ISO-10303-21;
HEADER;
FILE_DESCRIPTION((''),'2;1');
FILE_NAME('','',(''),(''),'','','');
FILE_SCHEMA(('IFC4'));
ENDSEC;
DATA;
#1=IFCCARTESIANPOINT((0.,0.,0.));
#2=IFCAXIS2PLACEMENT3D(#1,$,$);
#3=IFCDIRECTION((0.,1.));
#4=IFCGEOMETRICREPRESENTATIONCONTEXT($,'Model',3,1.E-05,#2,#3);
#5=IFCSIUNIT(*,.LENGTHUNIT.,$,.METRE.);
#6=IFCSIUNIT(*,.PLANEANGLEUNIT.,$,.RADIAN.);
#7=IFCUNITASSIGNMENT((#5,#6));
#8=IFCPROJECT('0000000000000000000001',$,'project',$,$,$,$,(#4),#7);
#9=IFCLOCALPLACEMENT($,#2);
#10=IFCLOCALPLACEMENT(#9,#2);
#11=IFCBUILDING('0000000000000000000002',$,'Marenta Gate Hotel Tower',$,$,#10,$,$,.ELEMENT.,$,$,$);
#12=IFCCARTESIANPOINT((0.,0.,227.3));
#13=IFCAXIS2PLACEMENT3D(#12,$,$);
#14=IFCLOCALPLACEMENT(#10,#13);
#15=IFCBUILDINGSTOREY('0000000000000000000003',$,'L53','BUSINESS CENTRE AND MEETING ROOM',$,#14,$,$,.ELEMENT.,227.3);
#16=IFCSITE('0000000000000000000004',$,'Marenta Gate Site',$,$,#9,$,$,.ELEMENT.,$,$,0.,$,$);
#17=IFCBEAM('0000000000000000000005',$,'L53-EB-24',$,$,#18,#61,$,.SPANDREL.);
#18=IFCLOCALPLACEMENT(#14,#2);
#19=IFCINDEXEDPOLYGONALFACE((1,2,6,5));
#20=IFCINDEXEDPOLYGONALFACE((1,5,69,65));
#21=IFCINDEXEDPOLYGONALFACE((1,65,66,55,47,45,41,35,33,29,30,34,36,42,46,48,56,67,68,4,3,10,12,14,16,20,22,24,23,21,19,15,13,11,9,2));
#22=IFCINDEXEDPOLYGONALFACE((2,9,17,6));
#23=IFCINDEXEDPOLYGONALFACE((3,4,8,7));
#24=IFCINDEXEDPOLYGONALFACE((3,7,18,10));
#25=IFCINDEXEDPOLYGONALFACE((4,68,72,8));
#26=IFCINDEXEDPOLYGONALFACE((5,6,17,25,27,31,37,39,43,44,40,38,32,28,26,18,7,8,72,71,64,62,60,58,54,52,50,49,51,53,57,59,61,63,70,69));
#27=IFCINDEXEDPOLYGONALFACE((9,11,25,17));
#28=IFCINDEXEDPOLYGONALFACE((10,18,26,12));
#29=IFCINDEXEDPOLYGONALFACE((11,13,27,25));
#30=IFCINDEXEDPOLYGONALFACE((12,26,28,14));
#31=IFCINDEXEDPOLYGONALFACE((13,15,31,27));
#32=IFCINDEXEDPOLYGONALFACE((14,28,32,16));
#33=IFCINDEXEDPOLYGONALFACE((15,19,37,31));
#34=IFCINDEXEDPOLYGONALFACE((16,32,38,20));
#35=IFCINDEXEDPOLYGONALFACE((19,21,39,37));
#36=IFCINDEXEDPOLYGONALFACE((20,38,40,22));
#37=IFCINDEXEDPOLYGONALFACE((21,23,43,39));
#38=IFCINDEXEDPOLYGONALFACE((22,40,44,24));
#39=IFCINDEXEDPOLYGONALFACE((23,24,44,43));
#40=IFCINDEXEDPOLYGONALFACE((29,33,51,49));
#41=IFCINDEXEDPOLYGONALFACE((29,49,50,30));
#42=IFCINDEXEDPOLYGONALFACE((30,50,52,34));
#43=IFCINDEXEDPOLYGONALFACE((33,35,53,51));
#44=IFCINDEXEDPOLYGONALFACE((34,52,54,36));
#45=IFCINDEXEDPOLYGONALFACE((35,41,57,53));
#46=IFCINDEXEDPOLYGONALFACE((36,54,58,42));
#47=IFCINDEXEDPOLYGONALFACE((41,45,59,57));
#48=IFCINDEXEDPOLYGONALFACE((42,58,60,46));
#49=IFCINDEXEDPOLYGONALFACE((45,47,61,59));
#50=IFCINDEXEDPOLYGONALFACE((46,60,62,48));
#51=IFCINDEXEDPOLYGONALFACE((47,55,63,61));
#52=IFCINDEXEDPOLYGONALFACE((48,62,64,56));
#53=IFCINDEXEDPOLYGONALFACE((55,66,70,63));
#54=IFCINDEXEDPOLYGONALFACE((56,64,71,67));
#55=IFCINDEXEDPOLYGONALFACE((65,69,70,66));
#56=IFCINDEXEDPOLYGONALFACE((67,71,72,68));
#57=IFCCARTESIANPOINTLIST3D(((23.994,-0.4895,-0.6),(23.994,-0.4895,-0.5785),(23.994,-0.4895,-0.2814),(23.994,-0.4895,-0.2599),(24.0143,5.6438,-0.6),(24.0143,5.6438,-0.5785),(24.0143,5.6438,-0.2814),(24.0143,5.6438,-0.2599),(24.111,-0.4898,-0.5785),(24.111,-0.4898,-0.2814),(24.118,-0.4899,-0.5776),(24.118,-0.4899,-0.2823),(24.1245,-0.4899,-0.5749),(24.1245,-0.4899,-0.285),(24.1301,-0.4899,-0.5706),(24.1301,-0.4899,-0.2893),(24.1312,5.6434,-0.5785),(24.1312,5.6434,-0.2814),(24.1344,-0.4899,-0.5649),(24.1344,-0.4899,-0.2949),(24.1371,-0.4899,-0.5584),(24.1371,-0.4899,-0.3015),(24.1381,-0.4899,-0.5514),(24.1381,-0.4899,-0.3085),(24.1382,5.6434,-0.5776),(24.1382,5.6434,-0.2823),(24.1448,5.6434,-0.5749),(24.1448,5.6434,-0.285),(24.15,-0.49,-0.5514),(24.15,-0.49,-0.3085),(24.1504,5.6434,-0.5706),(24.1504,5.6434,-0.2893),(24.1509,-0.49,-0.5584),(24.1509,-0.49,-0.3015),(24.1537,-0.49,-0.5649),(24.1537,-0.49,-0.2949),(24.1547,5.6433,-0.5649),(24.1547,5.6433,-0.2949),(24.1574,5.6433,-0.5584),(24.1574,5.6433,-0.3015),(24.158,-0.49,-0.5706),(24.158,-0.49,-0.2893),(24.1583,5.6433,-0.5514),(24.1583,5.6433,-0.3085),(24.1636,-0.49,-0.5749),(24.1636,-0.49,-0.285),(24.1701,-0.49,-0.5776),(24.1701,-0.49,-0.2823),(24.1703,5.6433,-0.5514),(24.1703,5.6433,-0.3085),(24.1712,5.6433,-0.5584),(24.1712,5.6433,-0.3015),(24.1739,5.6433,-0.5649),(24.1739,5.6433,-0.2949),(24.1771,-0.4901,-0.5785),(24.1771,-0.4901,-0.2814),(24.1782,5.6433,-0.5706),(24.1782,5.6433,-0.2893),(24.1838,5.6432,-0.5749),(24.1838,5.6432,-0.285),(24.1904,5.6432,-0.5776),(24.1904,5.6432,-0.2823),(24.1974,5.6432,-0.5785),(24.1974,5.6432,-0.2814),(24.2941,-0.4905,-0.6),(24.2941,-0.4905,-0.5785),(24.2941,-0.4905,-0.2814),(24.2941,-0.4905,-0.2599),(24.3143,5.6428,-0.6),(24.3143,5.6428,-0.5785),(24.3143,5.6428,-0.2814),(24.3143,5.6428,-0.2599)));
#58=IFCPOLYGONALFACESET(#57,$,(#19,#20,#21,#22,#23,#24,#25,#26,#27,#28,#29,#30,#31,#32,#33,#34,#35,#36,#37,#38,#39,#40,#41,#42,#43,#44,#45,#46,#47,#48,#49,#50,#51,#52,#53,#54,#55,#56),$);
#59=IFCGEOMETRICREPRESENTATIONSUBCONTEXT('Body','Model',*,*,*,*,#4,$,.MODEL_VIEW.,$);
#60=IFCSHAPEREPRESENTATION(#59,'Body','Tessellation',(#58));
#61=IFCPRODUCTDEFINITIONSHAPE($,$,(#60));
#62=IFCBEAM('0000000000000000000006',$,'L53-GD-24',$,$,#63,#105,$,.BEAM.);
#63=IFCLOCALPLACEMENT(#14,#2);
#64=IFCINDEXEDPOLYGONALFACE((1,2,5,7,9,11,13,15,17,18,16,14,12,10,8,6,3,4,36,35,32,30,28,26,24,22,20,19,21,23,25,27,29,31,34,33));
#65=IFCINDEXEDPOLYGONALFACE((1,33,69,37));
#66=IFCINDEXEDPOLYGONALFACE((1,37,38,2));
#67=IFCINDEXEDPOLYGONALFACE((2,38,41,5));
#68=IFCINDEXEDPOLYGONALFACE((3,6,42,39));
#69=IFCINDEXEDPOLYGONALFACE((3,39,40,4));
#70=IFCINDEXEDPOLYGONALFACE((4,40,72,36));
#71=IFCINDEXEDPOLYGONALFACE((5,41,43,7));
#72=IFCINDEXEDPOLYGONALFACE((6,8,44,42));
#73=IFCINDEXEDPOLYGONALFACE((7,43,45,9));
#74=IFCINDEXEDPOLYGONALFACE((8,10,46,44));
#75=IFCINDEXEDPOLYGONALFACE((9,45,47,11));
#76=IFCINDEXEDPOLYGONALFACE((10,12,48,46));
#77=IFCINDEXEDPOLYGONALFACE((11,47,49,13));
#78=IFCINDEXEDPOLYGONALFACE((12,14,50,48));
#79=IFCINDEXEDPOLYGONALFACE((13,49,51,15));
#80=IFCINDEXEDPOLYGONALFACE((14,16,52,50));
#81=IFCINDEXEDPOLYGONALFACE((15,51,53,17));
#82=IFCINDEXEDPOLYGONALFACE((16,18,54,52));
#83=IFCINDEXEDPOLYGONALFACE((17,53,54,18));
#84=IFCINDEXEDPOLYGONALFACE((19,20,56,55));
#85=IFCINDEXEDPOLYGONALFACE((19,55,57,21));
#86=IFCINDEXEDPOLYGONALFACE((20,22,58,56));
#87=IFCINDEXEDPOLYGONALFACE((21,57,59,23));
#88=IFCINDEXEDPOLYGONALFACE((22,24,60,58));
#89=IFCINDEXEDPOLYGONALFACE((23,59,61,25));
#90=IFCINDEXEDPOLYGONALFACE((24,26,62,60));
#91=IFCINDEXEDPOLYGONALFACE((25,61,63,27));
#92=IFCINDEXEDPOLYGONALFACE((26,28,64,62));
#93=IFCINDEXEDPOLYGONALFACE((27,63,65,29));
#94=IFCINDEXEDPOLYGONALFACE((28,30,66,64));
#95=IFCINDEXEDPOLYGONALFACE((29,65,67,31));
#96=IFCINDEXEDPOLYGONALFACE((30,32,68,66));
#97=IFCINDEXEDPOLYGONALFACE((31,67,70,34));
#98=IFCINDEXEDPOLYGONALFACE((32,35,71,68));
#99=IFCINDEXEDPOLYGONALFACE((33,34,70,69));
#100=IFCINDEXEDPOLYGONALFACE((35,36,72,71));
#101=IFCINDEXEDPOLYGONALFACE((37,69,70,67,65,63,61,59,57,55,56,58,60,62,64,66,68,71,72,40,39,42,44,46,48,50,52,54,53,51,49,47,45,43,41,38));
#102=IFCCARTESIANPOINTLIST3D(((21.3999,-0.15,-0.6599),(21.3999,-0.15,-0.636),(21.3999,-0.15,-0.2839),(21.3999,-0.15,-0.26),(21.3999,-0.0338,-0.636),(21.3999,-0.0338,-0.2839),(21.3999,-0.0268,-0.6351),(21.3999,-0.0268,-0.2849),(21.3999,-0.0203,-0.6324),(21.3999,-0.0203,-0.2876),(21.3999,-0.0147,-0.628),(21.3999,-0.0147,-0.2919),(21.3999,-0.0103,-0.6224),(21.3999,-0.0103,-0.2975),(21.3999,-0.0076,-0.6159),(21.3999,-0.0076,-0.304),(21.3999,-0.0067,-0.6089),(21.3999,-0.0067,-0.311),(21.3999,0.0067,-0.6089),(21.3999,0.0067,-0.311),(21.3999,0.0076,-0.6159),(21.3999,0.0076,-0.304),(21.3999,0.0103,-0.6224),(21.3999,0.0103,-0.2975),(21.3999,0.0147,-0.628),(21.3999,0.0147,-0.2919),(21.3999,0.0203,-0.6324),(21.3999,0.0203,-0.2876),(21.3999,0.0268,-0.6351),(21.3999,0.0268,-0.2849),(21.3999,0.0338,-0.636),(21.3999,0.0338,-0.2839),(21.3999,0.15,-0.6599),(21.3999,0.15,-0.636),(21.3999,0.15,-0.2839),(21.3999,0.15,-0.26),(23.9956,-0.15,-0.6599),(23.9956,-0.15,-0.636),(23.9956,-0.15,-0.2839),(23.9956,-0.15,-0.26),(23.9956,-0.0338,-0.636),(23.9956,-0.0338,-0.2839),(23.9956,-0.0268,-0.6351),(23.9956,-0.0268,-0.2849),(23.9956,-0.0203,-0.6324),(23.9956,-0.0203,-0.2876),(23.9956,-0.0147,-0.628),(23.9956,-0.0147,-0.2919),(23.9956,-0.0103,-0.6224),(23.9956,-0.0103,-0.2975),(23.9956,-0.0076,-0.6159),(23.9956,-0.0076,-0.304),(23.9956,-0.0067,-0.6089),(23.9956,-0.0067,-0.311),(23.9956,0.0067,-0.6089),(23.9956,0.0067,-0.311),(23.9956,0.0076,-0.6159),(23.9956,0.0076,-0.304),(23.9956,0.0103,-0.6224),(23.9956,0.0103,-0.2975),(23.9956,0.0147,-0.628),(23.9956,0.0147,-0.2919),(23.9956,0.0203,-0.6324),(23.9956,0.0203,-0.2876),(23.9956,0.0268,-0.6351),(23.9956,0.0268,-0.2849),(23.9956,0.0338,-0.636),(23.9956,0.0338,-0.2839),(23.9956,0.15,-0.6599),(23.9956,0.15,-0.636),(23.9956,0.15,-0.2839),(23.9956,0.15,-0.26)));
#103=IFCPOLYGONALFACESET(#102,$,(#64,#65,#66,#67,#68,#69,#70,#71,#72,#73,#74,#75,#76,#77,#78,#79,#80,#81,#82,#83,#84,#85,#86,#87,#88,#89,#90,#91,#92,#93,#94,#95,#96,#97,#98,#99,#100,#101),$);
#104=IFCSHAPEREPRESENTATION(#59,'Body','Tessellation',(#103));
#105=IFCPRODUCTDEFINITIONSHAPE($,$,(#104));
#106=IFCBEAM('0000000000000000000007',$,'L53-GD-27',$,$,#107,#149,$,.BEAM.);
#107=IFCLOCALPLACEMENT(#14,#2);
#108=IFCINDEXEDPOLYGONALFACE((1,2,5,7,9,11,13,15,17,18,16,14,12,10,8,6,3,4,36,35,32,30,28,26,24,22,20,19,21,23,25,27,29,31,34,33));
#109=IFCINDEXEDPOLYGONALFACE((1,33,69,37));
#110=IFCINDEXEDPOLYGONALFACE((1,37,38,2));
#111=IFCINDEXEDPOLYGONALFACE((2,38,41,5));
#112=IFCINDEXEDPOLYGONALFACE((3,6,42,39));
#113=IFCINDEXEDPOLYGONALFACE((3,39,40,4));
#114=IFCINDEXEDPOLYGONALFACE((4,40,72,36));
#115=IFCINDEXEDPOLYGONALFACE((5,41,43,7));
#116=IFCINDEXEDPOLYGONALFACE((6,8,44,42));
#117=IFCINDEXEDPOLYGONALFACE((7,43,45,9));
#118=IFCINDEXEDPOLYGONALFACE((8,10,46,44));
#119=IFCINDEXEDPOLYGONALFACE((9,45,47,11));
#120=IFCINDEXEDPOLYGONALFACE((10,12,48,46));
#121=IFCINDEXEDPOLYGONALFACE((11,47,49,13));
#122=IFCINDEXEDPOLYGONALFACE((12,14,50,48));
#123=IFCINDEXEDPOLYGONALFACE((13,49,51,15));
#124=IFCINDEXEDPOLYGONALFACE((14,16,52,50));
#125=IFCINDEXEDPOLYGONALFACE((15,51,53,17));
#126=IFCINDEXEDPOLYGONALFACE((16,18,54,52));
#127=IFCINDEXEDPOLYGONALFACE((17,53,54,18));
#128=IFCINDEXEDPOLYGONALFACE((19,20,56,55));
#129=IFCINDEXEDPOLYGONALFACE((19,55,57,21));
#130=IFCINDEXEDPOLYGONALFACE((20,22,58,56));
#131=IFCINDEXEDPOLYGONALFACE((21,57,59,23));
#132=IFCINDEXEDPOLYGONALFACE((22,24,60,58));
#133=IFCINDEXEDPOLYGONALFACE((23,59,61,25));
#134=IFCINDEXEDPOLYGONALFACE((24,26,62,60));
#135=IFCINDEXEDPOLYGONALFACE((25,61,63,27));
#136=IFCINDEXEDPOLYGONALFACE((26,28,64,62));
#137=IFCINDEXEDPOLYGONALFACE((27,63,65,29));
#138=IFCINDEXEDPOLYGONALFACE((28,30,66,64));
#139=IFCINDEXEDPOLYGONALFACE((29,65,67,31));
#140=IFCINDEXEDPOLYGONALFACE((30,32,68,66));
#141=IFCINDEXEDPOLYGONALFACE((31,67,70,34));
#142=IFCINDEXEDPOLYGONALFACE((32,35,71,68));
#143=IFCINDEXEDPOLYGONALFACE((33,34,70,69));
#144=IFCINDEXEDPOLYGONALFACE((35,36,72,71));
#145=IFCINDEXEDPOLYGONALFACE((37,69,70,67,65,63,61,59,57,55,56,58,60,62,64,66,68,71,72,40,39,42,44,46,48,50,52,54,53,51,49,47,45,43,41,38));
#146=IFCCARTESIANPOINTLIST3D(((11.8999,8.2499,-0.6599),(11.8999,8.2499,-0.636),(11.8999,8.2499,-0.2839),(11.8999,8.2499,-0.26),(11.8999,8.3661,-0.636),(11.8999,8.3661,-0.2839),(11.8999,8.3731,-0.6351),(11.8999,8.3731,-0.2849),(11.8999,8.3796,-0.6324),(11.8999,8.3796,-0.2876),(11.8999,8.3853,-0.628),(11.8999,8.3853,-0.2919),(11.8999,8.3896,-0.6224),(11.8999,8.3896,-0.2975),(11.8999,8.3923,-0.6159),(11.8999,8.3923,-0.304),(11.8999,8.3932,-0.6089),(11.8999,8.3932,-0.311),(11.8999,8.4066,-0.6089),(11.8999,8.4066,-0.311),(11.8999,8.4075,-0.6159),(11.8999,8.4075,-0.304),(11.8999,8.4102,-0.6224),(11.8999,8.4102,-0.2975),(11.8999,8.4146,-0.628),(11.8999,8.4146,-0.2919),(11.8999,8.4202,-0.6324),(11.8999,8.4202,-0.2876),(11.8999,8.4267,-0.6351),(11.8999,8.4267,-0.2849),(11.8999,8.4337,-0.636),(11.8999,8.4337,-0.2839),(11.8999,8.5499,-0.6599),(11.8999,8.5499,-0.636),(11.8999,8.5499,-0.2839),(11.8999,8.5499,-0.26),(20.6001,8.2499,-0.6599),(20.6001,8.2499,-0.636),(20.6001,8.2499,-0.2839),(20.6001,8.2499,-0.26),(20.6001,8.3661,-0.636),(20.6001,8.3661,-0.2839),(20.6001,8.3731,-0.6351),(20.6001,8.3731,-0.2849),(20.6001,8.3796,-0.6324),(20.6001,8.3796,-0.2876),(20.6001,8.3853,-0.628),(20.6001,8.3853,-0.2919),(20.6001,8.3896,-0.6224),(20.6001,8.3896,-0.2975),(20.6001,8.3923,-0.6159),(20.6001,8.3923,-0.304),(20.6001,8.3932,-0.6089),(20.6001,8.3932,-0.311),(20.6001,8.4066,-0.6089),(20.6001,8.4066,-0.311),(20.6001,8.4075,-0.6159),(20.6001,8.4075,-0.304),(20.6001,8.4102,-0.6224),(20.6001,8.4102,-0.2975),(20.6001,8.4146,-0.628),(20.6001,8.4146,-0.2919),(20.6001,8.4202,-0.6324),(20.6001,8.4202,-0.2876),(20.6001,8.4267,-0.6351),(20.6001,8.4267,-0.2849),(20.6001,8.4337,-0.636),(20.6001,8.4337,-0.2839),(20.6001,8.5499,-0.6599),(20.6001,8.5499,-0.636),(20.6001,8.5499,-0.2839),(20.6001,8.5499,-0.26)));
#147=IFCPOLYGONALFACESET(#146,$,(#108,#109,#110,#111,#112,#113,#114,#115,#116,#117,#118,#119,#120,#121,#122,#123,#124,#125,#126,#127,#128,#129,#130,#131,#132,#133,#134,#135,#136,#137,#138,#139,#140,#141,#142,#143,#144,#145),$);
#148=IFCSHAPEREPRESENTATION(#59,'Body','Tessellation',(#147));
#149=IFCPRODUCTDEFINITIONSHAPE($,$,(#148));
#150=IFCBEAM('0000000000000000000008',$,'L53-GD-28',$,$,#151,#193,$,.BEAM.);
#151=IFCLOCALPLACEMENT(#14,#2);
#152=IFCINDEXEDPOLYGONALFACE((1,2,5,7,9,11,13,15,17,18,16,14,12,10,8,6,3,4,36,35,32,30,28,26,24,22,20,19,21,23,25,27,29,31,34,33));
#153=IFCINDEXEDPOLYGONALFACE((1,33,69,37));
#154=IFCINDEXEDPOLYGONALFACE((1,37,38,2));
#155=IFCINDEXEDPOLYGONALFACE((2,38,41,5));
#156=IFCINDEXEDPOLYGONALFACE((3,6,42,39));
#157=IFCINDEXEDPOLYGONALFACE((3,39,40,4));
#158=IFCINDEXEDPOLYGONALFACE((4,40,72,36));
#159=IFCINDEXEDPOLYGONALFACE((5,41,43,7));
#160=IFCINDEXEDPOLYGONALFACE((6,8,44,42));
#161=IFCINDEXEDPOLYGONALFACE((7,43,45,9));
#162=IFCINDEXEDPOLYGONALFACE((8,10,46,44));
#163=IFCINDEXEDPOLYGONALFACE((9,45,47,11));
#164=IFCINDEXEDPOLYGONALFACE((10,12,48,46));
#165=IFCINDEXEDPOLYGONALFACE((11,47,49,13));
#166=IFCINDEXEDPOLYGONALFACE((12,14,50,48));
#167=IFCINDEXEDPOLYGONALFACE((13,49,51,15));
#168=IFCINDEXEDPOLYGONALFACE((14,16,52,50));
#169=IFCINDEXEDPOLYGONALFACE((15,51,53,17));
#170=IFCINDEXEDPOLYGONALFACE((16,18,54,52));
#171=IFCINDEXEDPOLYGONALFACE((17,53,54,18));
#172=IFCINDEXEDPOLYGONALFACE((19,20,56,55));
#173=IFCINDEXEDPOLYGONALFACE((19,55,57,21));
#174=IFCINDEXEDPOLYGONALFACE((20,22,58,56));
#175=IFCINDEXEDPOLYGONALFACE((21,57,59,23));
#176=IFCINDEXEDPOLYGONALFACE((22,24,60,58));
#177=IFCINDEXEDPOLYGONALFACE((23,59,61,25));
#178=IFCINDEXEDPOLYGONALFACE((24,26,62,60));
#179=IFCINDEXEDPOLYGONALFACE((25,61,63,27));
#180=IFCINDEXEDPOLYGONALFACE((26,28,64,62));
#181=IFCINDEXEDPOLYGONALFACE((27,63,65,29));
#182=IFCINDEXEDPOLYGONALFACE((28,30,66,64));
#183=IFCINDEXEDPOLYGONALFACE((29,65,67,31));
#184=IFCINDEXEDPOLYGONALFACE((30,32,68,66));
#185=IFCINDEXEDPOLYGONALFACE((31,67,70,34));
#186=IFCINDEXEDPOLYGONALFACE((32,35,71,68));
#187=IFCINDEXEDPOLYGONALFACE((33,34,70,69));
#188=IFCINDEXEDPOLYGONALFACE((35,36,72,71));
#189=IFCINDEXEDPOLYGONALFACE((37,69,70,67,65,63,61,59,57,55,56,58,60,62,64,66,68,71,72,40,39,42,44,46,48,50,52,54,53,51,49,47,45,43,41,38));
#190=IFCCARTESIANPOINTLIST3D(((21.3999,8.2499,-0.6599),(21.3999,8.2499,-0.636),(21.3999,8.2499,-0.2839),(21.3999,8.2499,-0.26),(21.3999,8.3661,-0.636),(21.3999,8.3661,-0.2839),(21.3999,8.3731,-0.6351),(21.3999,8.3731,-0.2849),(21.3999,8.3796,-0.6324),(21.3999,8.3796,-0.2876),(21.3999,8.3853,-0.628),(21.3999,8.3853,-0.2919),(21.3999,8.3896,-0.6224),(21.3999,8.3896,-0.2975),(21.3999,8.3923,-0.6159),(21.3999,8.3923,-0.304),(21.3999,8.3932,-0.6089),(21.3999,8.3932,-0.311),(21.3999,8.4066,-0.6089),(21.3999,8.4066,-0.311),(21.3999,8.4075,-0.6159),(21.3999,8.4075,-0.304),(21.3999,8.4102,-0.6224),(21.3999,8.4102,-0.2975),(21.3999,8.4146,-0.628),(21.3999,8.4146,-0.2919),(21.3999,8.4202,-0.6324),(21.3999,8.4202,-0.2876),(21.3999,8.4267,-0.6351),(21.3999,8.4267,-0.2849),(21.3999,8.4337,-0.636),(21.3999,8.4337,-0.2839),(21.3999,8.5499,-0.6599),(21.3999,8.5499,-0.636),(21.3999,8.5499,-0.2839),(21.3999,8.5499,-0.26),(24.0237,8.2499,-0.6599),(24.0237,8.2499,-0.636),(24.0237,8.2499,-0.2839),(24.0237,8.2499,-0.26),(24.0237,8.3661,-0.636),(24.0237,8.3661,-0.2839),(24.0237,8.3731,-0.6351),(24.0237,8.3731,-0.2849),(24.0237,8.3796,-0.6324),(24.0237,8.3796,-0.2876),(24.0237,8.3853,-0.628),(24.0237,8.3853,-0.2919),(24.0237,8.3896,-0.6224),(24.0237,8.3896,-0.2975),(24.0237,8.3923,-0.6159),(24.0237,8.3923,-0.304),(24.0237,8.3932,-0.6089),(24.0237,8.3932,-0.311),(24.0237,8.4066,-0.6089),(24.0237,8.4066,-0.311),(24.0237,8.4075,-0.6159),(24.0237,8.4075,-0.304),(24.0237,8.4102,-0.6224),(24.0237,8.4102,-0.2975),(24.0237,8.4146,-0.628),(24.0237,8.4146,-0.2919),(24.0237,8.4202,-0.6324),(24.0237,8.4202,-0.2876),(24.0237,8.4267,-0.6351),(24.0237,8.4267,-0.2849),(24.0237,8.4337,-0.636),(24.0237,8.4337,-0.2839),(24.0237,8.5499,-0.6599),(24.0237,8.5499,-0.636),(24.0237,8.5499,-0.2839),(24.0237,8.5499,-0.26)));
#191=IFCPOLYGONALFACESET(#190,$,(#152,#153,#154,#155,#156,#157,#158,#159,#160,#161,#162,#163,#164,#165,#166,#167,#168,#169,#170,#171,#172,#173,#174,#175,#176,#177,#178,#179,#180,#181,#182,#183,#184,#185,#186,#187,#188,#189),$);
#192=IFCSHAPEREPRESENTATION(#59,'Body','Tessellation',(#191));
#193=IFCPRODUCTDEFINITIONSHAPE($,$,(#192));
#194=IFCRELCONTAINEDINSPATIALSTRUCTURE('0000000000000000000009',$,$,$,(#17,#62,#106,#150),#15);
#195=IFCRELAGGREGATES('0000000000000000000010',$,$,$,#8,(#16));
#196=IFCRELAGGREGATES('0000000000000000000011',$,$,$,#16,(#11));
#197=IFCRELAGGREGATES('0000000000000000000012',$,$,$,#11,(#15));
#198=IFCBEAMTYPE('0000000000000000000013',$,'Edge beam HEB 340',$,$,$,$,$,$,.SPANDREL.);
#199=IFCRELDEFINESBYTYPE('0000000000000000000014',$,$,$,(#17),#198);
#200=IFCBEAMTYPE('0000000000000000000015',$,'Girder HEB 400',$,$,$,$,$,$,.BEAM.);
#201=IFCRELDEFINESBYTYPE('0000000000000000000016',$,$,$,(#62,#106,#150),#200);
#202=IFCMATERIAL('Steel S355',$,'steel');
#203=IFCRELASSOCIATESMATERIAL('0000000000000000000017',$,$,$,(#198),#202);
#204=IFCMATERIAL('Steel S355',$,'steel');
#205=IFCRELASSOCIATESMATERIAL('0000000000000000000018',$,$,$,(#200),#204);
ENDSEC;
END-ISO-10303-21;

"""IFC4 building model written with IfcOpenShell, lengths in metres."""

from ifc_helpers import new_model, si_unit, direction, frame, origin, origin_2d, place, context, subcontext, project, spatial, i_section, extrude, material, material_profile, profile_set, type_object, element, save


model = new_model("IFC4")

# Units and contexts
model_context = context("Model", 3, precision=1e-05, world=origin(), true_north=direction((0.0, 1.0)))
body_context = subcontext(model_context, "Body", "Model", "MODEL_VIEW")
ifc_project = project(units=[si_unit("LENGTHUNIT", "METRE"), si_unit("PLANEANGLEUNIT", "RADIAN")], contexts=[model_context])

# Site, building, storey
site_placement = place(None, origin())
site = spatial("IfcSite", under=ifc_project, at=site_placement, Name="Marenta Gate Site", CompositionType="ELEMENT", RefElevation=0.0)
building_placement = place(site_placement, origin())
building = spatial("IfcBuilding", under=site, at=building_placement, Name="Marenta Gate Hotel Tower", CompositionType="ELEMENT")
storey_placement = place(building_placement, frame((0.0, 0.0, 227.3)))
storey = spatial("IfcBuildingStorey", under=building, at=storey_placement, Name="L53", Description="BUSINESS CENTRE AND MEETING ROOM", CompositionType="ELEMENT", Elevation=227.3)

# Beams
ifc_material_1 = material(Name="Steel S355", Category="steel")
ifc_material_profile_1 = material_profile(ifc_material_1, i_section(OverallWidth=0.3, OverallDepth=0.3401, WebThickness=0.012, FlangeThickness=0.0215, FilletRadius=0.0271, at=origin_2d()), Name="HEB 340")
ifc_profile_set_1 = profile_set([ifc_material_profile_1], Name="Steel S355")
beam_type_1 = type_object("IfcBeamType", Name="Edge beam HEB 340", PredefinedType="SPANDREL", material=ifc_profile_set_1)
beam_1_placement = place(storey_placement, frame((24.1643, 5.6433, -0.4299), z_axis=(-0.003304, -0.999995, 0.0), x_axis=(0.999995, -0.003304, 0.0)))
element("IfcBeam", 1, at=beam_1_placement, inside=storey, type_object=beam_type_1, Name="L53-EB-24", PredefinedType="SPANDREL", context=body_context, shape_type="SweptSolid", body=[
    extrude(i_section(OverallWidth=0.3, OverallDepth=0.3401, WebThickness=0.012, FlangeThickness=0.0215, FilletRadius=0.0271, at=origin_2d()), origin(), (0.0, 0.0, 1.0), 6.1333),
])
ifc_material_2 = material(Name="Steel S355", Category="steel")
ifc_material_profile_2 = material_profile(ifc_material_2, i_section(OverallWidth=0.3, OverallDepth=0.3999, WebThickness=0.0134, FlangeThickness=0.0239, FilletRadius=0.0271, at=origin_2d()), Name="HEB 400")
ifc_profile_set_2 = profile_set([ifc_material_profile_2], Name="Steel S355")
beam_type_2 = type_object("IfcBeamType", Name="Girder HEB 400", PredefinedType="BEAM", material=ifc_profile_set_2)
beam_2_placement = place(storey_placement, frame((21.3999, 0.0, -0.46), z_axis=(1.0, 0.0, 0.0), x_axis=(0.0, 1.0, 0.0)))
element("IfcBeam", 2, at=beam_2_placement, inside=storey, type_object=beam_type_2, Name="L53-GD-24", PredefinedType="BEAM", context=body_context, shape_type="SweptSolid", body=[
    extrude(i_section(OverallWidth=0.3, OverallDepth=0.3999, WebThickness=0.0134, FlangeThickness=0.0239, FilletRadius=0.0271, at=origin_2d()), origin(), (0.0, 0.0, 1.0), 2.5957),
])
beam_3_placement = place(storey_placement, frame((11.8999, 8.3999, -0.46), z_axis=(1.0, 0.0, 0.0), x_axis=(0.0, 1.0, 0.0)))
element("IfcBeam", 3, at=beam_3_placement, inside=storey, type_object=beam_type_2, Name="L53-GD-27", PredefinedType="BEAM", context=body_context, shape_type="SweptSolid", body=[
    extrude(i_section(OverallWidth=0.3, OverallDepth=0.3999, WebThickness=0.0134, FlangeThickness=0.0239, FilletRadius=0.0271, at=origin_2d()), origin(), (0.0, 0.0, 1.0), 8.7002),
])
beam_4_placement = place(storey_placement, frame((21.3999, 8.3999, -0.46), z_axis=(1.0, 0.0, 0.0), x_axis=(0.0, 1.0, 0.0)))
element("IfcBeam", 4, at=beam_4_placement, inside=storey, type_object=beam_type_2, Name="L53-GD-28", PredefinedType="BEAM", context=body_context, shape_type="SweptSolid", body=[
    extrude(i_section(OverallWidth=0.3, OverallDepth=0.3999, WebThickness=0.0134, FlangeThickness=0.0239, FilletRadius=0.0271, at=origin_2d()), origin(), (0.0, 0.0, 1.0), 2.6238),
])

save(model, "model.ifc")
